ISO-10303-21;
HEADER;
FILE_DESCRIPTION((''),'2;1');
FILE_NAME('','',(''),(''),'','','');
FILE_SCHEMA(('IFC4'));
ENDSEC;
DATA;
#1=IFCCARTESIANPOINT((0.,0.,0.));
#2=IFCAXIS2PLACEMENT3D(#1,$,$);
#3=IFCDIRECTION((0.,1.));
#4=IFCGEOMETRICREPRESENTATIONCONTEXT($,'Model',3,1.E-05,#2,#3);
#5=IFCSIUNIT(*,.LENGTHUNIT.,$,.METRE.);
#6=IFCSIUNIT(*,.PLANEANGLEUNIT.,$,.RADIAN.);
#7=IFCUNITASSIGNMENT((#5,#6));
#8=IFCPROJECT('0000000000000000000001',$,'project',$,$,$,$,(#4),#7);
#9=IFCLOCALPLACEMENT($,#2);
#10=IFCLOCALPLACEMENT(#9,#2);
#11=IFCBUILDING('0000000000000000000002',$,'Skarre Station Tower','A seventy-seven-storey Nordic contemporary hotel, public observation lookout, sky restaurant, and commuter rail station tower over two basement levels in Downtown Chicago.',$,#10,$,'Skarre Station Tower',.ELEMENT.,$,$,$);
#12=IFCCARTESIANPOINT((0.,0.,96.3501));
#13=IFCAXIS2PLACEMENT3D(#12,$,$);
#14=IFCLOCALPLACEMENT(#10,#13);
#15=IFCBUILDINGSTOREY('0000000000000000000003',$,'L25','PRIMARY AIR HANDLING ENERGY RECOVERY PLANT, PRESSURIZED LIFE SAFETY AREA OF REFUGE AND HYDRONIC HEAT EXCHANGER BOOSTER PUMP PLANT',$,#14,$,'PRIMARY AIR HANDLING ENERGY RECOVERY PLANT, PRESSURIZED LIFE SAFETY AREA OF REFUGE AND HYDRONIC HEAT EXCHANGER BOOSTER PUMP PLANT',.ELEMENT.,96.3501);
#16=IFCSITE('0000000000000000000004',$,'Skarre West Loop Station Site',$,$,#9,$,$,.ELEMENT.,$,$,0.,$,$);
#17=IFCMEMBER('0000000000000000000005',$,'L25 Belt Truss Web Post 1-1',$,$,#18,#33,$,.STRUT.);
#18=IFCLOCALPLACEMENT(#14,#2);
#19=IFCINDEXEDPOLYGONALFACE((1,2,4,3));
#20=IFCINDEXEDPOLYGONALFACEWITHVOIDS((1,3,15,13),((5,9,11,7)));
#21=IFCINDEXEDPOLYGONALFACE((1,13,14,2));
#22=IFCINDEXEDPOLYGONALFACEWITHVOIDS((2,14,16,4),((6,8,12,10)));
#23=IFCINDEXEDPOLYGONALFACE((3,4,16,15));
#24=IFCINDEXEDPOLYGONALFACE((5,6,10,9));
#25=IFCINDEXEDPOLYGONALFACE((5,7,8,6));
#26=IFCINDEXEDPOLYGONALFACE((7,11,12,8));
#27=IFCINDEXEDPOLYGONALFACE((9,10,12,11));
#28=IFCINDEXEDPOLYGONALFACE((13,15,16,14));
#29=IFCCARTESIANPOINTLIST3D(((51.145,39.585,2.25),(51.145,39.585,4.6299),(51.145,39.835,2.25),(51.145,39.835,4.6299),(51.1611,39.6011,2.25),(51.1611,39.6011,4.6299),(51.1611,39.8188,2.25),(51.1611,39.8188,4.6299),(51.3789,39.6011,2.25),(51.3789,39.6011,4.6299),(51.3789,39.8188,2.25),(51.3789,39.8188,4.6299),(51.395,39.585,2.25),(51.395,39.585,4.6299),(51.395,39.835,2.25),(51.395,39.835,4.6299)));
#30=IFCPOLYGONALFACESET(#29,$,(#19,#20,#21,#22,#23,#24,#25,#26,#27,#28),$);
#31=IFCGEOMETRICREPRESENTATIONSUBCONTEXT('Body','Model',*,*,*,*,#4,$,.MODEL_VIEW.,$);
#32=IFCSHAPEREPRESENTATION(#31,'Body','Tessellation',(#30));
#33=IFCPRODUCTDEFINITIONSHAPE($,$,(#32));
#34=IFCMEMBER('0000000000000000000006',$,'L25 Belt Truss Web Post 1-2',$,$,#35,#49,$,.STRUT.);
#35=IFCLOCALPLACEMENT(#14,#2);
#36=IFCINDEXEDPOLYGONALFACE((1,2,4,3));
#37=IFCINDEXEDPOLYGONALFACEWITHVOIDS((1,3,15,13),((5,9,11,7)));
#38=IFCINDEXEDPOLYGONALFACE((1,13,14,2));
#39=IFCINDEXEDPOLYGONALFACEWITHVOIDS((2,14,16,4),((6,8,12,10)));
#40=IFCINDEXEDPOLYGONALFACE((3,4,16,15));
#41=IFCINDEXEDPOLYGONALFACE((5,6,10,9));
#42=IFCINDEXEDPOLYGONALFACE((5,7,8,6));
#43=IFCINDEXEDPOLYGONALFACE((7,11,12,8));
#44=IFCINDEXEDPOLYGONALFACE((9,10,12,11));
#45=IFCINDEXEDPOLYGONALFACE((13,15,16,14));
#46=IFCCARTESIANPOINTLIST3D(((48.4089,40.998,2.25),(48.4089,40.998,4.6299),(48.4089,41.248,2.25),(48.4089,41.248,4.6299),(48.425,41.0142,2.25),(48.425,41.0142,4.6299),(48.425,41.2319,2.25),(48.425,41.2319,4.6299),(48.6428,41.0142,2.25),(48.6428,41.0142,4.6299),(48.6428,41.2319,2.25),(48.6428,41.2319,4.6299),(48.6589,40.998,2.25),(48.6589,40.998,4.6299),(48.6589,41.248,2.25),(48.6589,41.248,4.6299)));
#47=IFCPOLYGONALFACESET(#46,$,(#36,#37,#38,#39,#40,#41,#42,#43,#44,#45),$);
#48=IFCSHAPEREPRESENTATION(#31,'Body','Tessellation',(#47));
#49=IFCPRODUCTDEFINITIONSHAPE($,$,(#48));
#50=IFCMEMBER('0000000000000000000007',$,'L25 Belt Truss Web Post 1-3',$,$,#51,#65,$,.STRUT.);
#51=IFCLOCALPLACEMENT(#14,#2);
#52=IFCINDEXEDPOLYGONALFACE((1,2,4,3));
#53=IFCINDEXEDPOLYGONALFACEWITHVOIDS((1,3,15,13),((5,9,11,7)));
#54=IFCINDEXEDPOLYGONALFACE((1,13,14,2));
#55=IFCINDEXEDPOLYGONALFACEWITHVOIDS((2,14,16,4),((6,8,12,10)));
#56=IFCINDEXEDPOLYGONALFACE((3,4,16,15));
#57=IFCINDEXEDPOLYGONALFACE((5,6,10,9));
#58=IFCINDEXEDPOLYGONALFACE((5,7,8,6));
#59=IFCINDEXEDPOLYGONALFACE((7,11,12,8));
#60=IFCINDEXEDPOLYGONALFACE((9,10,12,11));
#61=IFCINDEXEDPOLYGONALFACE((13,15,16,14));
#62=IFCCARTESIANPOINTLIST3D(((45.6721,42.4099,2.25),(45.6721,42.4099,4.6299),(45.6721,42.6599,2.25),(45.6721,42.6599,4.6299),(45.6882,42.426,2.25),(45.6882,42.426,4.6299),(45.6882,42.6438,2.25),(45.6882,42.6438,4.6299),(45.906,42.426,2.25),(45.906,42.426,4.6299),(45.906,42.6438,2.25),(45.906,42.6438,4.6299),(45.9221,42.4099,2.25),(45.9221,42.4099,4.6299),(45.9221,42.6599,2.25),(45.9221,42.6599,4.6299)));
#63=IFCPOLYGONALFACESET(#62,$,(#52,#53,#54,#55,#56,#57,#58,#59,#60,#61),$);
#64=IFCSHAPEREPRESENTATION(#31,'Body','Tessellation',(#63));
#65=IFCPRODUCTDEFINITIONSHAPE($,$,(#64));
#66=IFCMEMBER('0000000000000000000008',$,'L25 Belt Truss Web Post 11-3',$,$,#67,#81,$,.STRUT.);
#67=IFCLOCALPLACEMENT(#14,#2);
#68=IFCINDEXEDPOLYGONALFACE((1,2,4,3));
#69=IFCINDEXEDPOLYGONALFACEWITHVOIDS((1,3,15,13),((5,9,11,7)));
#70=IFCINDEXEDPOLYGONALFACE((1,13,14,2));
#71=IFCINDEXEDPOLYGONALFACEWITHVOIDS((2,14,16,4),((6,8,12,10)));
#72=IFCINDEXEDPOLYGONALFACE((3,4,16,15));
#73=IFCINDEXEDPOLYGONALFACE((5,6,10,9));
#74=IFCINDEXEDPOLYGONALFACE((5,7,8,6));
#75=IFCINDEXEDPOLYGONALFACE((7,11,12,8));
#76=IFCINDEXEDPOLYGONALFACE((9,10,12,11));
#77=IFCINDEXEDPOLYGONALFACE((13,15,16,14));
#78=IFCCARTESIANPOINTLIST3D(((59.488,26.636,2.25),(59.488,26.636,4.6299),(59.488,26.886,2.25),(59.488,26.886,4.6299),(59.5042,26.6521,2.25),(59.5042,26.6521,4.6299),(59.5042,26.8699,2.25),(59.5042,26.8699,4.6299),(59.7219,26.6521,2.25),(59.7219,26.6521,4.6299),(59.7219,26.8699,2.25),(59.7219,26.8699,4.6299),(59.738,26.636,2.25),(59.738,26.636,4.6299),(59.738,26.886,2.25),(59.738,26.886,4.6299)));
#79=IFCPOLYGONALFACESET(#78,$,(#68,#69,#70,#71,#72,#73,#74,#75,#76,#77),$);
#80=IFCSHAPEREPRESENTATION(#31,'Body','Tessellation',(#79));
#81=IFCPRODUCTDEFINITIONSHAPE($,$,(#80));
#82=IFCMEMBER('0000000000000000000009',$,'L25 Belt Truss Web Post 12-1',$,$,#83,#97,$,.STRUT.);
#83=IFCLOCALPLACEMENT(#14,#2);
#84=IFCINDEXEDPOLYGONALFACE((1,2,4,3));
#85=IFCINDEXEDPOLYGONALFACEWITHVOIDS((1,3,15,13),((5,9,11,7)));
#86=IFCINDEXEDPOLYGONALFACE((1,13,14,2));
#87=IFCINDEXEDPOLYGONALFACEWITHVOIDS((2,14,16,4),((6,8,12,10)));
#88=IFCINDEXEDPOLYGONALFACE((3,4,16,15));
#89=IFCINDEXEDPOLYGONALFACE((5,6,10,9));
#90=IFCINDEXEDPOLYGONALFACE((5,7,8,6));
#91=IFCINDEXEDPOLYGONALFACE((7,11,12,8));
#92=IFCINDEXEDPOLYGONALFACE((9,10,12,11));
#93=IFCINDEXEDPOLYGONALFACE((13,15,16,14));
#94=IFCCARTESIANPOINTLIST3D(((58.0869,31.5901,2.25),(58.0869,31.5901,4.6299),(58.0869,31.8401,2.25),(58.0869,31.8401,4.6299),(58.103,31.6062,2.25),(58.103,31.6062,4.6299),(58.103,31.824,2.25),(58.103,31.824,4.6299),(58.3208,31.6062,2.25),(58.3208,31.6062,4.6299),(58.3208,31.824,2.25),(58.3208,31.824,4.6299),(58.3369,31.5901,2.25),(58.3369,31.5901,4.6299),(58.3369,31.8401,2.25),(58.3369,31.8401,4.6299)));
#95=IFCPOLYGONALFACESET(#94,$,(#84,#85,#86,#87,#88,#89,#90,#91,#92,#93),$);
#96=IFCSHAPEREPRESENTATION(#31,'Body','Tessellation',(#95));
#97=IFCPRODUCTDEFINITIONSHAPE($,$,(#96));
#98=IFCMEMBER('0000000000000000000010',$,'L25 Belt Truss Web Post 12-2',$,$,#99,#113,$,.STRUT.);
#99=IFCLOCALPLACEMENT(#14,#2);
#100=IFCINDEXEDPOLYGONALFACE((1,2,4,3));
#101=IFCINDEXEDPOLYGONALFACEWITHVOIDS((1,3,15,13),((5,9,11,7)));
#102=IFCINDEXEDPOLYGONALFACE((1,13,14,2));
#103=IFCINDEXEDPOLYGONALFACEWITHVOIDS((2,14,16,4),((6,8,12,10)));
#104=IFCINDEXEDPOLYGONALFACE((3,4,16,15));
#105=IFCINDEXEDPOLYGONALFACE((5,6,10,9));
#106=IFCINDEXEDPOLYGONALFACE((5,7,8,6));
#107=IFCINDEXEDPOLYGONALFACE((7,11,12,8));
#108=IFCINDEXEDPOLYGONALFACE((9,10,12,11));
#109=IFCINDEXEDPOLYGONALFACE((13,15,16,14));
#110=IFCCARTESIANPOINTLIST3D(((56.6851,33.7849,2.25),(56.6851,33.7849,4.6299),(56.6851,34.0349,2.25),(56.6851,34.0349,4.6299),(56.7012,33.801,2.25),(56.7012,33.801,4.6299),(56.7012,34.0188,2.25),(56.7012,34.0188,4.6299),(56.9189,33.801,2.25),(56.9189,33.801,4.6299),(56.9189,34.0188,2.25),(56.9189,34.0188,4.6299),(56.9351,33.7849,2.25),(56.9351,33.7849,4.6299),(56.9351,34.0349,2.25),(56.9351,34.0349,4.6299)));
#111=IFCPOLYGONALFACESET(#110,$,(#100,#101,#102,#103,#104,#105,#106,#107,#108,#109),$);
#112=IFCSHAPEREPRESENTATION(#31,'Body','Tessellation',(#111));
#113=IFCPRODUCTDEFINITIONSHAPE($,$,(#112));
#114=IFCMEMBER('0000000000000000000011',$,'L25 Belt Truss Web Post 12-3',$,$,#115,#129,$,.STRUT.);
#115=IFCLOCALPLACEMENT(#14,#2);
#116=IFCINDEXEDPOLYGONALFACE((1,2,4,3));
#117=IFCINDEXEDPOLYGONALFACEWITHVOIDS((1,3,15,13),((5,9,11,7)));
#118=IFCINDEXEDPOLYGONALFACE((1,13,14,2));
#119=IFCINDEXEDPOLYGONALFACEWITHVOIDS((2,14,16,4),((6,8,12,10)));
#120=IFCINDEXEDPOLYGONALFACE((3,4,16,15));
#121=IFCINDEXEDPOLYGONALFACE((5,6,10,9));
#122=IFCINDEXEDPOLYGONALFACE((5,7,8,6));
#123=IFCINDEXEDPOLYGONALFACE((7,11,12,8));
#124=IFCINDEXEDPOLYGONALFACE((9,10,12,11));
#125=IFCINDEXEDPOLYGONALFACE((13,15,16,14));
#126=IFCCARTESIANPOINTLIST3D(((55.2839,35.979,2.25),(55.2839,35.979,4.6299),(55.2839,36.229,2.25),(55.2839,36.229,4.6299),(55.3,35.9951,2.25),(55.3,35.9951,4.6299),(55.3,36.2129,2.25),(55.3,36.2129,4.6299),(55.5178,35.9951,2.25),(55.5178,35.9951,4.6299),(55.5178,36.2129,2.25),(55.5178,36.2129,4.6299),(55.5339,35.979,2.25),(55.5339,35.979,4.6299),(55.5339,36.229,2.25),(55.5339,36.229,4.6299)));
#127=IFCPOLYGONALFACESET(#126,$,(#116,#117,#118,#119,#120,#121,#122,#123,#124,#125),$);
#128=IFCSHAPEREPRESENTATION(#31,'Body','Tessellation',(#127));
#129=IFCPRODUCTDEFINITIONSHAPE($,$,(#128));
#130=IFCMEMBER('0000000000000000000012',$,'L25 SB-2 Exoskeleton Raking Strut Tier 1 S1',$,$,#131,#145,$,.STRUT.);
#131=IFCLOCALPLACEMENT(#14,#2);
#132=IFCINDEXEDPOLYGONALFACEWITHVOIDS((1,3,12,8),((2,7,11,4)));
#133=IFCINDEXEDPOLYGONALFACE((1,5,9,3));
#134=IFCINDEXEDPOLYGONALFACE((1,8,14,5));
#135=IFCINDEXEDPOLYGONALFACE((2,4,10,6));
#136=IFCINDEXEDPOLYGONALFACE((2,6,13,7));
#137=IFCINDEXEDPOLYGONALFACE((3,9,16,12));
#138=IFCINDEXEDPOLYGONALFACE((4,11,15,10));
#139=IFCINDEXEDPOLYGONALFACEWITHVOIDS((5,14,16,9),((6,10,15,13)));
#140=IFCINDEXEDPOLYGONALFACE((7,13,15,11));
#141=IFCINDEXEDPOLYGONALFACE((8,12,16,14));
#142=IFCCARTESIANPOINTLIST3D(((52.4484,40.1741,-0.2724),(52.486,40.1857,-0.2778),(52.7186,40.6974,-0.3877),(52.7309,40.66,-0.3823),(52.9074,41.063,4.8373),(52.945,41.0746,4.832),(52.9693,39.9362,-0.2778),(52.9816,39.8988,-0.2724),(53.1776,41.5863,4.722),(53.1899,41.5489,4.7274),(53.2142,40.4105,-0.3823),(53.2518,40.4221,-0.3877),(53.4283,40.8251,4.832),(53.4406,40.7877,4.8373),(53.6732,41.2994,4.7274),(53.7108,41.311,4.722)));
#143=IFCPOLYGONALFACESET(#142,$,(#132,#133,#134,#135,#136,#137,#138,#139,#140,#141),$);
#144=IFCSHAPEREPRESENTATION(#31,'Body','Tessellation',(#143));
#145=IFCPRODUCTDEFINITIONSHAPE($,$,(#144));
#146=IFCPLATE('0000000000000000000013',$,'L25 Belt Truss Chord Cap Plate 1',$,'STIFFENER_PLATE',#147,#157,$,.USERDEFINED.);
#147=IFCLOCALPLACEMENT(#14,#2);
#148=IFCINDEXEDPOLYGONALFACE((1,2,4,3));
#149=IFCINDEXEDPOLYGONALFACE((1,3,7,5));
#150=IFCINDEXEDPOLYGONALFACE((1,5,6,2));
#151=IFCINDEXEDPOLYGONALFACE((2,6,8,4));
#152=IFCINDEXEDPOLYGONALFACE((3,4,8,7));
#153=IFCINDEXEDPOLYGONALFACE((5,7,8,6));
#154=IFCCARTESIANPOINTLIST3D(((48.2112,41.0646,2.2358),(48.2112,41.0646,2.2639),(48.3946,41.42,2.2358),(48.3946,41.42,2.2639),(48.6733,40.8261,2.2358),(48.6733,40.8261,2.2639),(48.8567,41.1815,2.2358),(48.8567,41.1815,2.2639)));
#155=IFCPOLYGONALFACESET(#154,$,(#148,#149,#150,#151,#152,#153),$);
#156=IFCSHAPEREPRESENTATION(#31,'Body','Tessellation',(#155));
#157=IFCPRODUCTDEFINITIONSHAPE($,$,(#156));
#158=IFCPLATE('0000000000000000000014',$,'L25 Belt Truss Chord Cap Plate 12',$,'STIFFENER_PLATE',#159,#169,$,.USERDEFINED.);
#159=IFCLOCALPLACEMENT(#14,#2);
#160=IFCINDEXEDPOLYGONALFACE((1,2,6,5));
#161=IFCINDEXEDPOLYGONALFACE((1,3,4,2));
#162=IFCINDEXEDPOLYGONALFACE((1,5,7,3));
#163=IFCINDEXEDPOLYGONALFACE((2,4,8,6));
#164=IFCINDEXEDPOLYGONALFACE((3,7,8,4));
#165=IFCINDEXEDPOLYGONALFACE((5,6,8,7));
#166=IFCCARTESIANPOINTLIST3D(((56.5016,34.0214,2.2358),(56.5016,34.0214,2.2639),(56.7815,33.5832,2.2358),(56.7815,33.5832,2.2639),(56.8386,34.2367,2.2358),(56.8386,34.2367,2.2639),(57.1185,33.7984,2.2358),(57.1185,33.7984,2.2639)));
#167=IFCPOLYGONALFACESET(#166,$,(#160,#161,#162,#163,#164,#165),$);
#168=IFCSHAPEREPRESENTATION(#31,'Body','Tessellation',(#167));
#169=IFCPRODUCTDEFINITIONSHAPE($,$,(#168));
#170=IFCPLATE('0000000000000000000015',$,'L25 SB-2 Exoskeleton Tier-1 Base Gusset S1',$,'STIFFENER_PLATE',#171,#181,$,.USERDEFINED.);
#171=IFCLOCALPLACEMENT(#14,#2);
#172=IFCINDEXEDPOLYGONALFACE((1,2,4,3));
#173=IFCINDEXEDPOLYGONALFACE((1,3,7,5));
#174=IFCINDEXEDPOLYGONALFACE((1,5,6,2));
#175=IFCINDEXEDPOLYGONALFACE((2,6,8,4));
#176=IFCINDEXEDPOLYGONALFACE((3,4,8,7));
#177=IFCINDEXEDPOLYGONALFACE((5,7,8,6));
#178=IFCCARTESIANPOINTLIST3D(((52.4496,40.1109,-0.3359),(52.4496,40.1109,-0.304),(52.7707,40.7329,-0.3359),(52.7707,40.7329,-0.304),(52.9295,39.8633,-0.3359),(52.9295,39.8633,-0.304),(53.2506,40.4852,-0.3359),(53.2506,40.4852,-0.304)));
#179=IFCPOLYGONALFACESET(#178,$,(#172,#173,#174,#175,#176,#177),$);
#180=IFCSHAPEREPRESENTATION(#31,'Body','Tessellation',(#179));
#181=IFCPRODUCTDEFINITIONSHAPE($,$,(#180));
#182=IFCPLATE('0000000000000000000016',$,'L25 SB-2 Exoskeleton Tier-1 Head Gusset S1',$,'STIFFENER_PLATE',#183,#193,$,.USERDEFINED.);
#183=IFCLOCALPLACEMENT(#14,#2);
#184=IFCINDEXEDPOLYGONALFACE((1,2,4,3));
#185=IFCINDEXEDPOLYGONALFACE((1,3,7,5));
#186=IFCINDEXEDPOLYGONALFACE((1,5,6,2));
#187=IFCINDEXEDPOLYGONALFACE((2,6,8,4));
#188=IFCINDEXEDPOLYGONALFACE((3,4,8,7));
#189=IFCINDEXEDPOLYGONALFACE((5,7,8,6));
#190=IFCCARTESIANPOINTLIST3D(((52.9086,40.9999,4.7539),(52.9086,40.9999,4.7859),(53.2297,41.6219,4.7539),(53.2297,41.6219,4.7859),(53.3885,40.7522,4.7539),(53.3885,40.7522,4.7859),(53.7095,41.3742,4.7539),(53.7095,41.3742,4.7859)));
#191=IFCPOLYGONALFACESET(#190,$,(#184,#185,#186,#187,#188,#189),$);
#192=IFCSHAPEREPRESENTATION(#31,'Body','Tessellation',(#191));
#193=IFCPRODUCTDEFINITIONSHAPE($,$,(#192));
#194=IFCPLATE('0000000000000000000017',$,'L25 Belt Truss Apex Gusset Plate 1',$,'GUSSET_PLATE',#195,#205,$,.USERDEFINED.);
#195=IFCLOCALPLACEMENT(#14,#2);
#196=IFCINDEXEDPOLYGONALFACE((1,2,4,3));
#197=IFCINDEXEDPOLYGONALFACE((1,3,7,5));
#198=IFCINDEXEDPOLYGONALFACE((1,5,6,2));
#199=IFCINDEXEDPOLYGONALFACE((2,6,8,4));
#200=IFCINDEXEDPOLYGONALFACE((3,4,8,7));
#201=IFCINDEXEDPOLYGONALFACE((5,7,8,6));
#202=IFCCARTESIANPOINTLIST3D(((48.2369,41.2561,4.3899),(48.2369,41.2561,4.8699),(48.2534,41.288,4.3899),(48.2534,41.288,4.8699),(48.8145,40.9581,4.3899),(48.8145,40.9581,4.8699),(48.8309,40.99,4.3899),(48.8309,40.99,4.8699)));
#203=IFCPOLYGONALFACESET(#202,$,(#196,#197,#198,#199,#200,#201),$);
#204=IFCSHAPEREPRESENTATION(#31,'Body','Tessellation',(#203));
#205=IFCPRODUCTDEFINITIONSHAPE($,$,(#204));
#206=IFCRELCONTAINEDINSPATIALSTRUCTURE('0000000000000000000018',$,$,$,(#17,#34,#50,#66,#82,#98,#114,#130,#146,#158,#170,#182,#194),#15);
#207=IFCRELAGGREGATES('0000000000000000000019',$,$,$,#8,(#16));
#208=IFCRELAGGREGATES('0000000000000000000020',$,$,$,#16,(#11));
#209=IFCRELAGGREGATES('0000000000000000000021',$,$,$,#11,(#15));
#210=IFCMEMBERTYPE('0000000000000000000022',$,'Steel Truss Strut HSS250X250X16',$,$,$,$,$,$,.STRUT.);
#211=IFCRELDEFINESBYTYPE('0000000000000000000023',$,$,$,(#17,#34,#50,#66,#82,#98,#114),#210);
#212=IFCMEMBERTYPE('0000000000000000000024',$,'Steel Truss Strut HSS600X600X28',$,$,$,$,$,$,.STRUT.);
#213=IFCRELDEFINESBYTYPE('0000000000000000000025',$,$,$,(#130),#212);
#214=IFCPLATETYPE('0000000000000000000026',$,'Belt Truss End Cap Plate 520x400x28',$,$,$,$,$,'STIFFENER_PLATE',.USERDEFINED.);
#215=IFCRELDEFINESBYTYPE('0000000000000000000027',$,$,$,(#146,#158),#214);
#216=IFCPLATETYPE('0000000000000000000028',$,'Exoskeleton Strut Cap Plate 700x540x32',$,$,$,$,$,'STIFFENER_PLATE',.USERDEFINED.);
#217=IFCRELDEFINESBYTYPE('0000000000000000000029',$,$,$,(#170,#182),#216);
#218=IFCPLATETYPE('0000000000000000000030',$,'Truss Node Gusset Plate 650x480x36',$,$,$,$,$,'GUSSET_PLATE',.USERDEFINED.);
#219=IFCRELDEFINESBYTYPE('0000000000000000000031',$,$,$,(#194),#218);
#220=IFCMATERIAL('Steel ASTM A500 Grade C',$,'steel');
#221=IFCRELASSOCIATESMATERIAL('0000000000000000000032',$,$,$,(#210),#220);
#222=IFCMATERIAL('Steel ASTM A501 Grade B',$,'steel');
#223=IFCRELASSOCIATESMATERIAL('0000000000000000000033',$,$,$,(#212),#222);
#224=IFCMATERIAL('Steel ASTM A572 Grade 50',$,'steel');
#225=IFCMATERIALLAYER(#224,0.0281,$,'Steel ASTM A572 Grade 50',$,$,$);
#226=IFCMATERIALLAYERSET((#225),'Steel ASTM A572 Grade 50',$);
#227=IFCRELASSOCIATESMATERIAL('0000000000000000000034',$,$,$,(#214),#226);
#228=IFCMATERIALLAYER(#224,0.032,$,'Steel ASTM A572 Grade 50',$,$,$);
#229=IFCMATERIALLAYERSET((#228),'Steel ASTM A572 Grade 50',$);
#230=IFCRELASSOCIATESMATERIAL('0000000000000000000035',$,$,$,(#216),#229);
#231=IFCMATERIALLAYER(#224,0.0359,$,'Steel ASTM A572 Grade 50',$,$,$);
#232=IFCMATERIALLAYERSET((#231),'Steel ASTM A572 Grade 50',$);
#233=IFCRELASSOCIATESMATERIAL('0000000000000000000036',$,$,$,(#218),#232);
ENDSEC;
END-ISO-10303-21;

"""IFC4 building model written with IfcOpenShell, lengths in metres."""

from ifc_helpers import new_model, si_unit, direction, frame, origin, origin_2d, place, context, subcontext, project, spatial, rectangle, hollow_rectangle, extrude, material, layer, layer_set, material_profile, profile_set, type_object, element, save


model = new_model("IFC4")

# Units and contexts
model_context = context("Model", 3, precision=1e-05, world=origin(), true_north=direction((0.0, 1.0)))
body_context = subcontext(model_context, "Body", "Model", "MODEL_VIEW")
ifc_project = project(units=[si_unit("LENGTHUNIT", "METRE"), si_unit("PLANEANGLEUNIT", "RADIAN")], contexts=[model_context])

# Site, building, storey
site_placement = place(None, origin())
site = spatial("IfcSite", under=ifc_project, at=site_placement, Name="Skarre West Loop Station Site", CompositionType="ELEMENT", RefElevation=0.0)
building_placement = place(site_placement, origin())
building = spatial("IfcBuilding", under=site, at=building_placement, Name="Skarre Station Tower", Description="A seventy-seven-storey Nordic contemporary hotel, public observation lookout, sky restaurant, and commuter rail station tower over two basement levels in Downtown Chicago.", LongName="Skarre Station Tower", CompositionType="ELEMENT")
storey_placement = place(building_placement, frame((0.0, 0.0, 96.3501)))
storey = spatial("IfcBuildingStorey", under=building, at=storey_placement, Name="L25", Description="PRIMARY AIR HANDLING ENERGY RECOVERY PLANT, PRESSURIZED LIFE SAFETY AREA OF REFUGE AND HYDRONIC HEAT EXCHANGER BOOSTER PUMP PLANT", LongName="PRIMARY AIR HANDLING ENERGY RECOVERY PLANT, PRESSURIZED LIFE SAFETY AREA OF REFUGE AND HYDRONIC HEAT EXCHANGER BOOSTER PUMP PLANT", CompositionType="ELEMENT", Elevation=96.3501)

# Shared definitions
ifc_material_1 = material(Name="Steel ASTM A572 Grade 50", Category="steel")

# Members
ifc_material_2 = material(Name="Steel ASTM A500 Grade C", Category="steel")
ifc_material_profile_1 = material_profile(ifc_material_2, hollow_rectangle(XDim=0.25, YDim=0.25, WallThickness=0.0161, at=origin_2d()), Name="Steel ASTM A500 Grade C")
ifc_profile_set_1 = profile_set([ifc_material_profile_1], Name="Steel ASTM A500 Grade C")
member_type_1 = type_object("IfcMemberType", Name="Steel Truss Strut HSS250X250X16", PredefinedType="STRUT", material=ifc_profile_set_1)
for number, where, z_axis, x_axis, name in (
    (1, (51.27, 39.71, 2.25), (0.0, 0.0, 1.0), (1.0, 0.0, 0.0), "L25 Belt Truss Web Post 1-1"),
    (2, (48.5339, 41.123, 2.25), (0.0, 0.0, 1.0), (1.0, 0.0, 0.0), "L25 Belt Truss Web Post 1-2"),
    (3, (45.7971, 42.5349, 2.25), (0.0, 0.0, 1.0), (1.0, 0.0, 0.0), "L25 Belt Truss Web Post 1-3"),
    (4, (59.613, 26.761, 2.25), (0.0, 0.0, 1.0), (1.0, 0.0, 0.0), "L25 Belt Truss Web Post 11-3"),
    (5, (58.2119, 31.7151, 2.25), (0.0, 0.0, 1.0), (1.0, 0.0, 0.0), "L25 Belt Truss Web Post 12-1"),
    (6, (56.8101, 33.9099, 2.25), (0.0, 0.0, 1.0), (1.0, 0.0, 0.0), "L25 Belt Truss Web Post 12-2"),
    (7, (55.4089, 36.104, 2.25), (0.0, 0.0, 1.0), (1.0, 0.0, 0.0), "L25 Belt Truss Web Post 12-3"),
):
    element("IfcMember", number, at=place(storey_placement, frame(where, z_axis=z_axis, x_axis=x_axis)), inside=storey, type_object=member_type_1, Name=name, PredefinedType="STRUT", context=body_context, shape_type="SweptSolid", body=[
        extrude(hollow_rectangle(XDim=0.25, YDim=0.25, WallThickness=0.0161, at=origin_2d()), origin(), (0.0, 0.0, 1.0), 2.3799),
    ])
ifc_material_3 = material(Name="Steel ASTM A501 Grade B", Category="steel")
ifc_material_profile_2 = material_profile(ifc_material_3, hollow_rectangle(XDim=0.6001, YDim=0.6001, WallThickness=0.0281, at=origin_2d()), Name="Steel ASTM A501 Grade B")
ifc_profile_set_2 = profile_set([ifc_material_profile_2], Name="Steel ASTM A501 Grade B")
member_type_2 = type_object("IfcMemberType", Name="Steel Truss Strut HSS600X600X28", PredefinedType="STRUT", material=ifc_profile_set_2)
member_1_placement = place(storey_placement, frame((52.8501, 40.2981, -0.3301), z_axis=(0.08815, 0.17072, 0.981369), x_axis=(-0.888544, 0.458792, 0.0)))
element("IfcMember", 8, at=member_1_placement, inside=storey, type_object=member_type_2, Name="L25 SB-2 Exoskeleton Raking Strut Tier 1 S1", PredefinedType="STRUT", context=body_context, shape_type="SweptSolid", body=[
    extrude(hollow_rectangle(XDim=0.6001, YDim=0.6001, WallThickness=0.0281, at=origin_2d()), origin(), (0.0, 0.0, 1.0), 5.2068),
])

# Plates
ifc_layer_1 = layer(ifc_material_1, 0.0281, Name="Steel ASTM A572 Grade 50")
ifc_layer_set_1 = layer_set([ifc_layer_1], Name="Steel ASTM A572 Grade 50")
plate_type_1 = type_object("IfcPlateType", Name="Belt Truss End Cap Plate 520x400x28", ElementType="STIFFENER_PLATE", PredefinedType="USERDEFINED", material=ifc_layer_set_1)
for number, where, z_axis, x_axis, name in (
    (9, (48.5339, 41.123, 2.2358), (0.0, 0.0, 1.0), (-0.888657, 0.458572, 0.0), "L25 Belt Truss Chord Cap Plate 1"),
    (10, (56.8101, 33.9099, 2.2358), (0.0, 0.0, 1.0), (-0.538285, 0.842763, 0.0), "L25 Belt Truss Chord Cap Plate 12"),
):
    element("IfcPlate", number, at=place(storey_placement, frame(where, z_axis=z_axis, x_axis=x_axis)), inside=storey, type_object=plate_type_1, Name=name, ObjectType="STIFFENER_PLATE", PredefinedType="USERDEFINED", context=body_context, shape_type="SweptSolid", body=[
        extrude(rectangle(XDim=0.52, YDim=0.3999, at=origin_2d()), origin(), (0.0, 0.0, 1.0), 0.0281),
    ])
ifc_layer_2 = layer(ifc_material_1, 0.032, Name="Steel ASTM A572 Grade 50")
ifc_layer_set_2 = layer_set([ifc_layer_2], Name="Steel ASTM A572 Grade 50")
plate_type_2 = type_object("IfcPlateType", Name="Exoskeleton Strut Cap Plate 700x540x32", ElementType="STIFFENER_PLATE", PredefinedType="USERDEFINED", material=ifc_layer_set_2)
for number, where, z_axis, x_axis, name in (
    (11, (52.8501, 40.2981, -0.3359), (0.0, 0.0, 1.0), (0.45865, 0.888617, 0.0), "L25 SB-2 Exoskeleton Tier-1 Base Gusset S1"),
    (12, (53.3091, 41.187, 4.7539), (0.0, 0.0, 1.0), (0.45865, 0.888617, 0.0), "L25 SB-2 Exoskeleton Tier-1 Head Gusset S1"),
):
    element("IfcPlate", number, at=place(storey_placement, frame(where, z_axis=z_axis, x_axis=x_axis)), inside=storey, type_object=plate_type_2, Name=name, ObjectType="STIFFENER_PLATE", PredefinedType="USERDEFINED", context=body_context, shape_type="SweptSolid", body=[
        extrude(rectangle(XDim=0.7, YDim=0.54, at=origin_2d()), origin(), (0.0, 0.0, 1.0), 0.032),
    ])
ifc_layer_3 = layer(ifc_material_1, 0.0359, Name="Steel ASTM A572 Grade 50")
ifc_layer_set_3 = layer_set([ifc_layer_3], Name="Steel ASTM A572 Grade 50")
plate_type_3 = type_object("IfcPlateType", Name="Truss Node Gusset Plate 650x480x36", ElementType="GUSSET_PLATE", PredefinedType="USERDEFINED", material=ifc_layer_set_3)
for number, where, z_axis, x_axis, name in (
    (13, (48.5339, 41.123, 4.3899), (0.0, 0.0, 1.0), (-0.888657, 0.458572, 0.0), "L25 Belt Truss Apex Gusset Plate 1"),
):
    element("IfcPlate", number, at=place(storey_placement, frame(where, z_axis=z_axis, x_axis=x_axis)), inside=storey, type_object=plate_type_3, Name=name, ObjectType="GUSSET_PLATE", PredefinedType="USERDEFINED", context=body_context, shape_type="SweptSolid", body=[
        extrude(rectangle(XDim=0.6499, YDim=0.0359, at=origin_2d()), origin(), (0.0, 0.0, 1.0), 0.48),
    ])

save(model, "model.ifc")
